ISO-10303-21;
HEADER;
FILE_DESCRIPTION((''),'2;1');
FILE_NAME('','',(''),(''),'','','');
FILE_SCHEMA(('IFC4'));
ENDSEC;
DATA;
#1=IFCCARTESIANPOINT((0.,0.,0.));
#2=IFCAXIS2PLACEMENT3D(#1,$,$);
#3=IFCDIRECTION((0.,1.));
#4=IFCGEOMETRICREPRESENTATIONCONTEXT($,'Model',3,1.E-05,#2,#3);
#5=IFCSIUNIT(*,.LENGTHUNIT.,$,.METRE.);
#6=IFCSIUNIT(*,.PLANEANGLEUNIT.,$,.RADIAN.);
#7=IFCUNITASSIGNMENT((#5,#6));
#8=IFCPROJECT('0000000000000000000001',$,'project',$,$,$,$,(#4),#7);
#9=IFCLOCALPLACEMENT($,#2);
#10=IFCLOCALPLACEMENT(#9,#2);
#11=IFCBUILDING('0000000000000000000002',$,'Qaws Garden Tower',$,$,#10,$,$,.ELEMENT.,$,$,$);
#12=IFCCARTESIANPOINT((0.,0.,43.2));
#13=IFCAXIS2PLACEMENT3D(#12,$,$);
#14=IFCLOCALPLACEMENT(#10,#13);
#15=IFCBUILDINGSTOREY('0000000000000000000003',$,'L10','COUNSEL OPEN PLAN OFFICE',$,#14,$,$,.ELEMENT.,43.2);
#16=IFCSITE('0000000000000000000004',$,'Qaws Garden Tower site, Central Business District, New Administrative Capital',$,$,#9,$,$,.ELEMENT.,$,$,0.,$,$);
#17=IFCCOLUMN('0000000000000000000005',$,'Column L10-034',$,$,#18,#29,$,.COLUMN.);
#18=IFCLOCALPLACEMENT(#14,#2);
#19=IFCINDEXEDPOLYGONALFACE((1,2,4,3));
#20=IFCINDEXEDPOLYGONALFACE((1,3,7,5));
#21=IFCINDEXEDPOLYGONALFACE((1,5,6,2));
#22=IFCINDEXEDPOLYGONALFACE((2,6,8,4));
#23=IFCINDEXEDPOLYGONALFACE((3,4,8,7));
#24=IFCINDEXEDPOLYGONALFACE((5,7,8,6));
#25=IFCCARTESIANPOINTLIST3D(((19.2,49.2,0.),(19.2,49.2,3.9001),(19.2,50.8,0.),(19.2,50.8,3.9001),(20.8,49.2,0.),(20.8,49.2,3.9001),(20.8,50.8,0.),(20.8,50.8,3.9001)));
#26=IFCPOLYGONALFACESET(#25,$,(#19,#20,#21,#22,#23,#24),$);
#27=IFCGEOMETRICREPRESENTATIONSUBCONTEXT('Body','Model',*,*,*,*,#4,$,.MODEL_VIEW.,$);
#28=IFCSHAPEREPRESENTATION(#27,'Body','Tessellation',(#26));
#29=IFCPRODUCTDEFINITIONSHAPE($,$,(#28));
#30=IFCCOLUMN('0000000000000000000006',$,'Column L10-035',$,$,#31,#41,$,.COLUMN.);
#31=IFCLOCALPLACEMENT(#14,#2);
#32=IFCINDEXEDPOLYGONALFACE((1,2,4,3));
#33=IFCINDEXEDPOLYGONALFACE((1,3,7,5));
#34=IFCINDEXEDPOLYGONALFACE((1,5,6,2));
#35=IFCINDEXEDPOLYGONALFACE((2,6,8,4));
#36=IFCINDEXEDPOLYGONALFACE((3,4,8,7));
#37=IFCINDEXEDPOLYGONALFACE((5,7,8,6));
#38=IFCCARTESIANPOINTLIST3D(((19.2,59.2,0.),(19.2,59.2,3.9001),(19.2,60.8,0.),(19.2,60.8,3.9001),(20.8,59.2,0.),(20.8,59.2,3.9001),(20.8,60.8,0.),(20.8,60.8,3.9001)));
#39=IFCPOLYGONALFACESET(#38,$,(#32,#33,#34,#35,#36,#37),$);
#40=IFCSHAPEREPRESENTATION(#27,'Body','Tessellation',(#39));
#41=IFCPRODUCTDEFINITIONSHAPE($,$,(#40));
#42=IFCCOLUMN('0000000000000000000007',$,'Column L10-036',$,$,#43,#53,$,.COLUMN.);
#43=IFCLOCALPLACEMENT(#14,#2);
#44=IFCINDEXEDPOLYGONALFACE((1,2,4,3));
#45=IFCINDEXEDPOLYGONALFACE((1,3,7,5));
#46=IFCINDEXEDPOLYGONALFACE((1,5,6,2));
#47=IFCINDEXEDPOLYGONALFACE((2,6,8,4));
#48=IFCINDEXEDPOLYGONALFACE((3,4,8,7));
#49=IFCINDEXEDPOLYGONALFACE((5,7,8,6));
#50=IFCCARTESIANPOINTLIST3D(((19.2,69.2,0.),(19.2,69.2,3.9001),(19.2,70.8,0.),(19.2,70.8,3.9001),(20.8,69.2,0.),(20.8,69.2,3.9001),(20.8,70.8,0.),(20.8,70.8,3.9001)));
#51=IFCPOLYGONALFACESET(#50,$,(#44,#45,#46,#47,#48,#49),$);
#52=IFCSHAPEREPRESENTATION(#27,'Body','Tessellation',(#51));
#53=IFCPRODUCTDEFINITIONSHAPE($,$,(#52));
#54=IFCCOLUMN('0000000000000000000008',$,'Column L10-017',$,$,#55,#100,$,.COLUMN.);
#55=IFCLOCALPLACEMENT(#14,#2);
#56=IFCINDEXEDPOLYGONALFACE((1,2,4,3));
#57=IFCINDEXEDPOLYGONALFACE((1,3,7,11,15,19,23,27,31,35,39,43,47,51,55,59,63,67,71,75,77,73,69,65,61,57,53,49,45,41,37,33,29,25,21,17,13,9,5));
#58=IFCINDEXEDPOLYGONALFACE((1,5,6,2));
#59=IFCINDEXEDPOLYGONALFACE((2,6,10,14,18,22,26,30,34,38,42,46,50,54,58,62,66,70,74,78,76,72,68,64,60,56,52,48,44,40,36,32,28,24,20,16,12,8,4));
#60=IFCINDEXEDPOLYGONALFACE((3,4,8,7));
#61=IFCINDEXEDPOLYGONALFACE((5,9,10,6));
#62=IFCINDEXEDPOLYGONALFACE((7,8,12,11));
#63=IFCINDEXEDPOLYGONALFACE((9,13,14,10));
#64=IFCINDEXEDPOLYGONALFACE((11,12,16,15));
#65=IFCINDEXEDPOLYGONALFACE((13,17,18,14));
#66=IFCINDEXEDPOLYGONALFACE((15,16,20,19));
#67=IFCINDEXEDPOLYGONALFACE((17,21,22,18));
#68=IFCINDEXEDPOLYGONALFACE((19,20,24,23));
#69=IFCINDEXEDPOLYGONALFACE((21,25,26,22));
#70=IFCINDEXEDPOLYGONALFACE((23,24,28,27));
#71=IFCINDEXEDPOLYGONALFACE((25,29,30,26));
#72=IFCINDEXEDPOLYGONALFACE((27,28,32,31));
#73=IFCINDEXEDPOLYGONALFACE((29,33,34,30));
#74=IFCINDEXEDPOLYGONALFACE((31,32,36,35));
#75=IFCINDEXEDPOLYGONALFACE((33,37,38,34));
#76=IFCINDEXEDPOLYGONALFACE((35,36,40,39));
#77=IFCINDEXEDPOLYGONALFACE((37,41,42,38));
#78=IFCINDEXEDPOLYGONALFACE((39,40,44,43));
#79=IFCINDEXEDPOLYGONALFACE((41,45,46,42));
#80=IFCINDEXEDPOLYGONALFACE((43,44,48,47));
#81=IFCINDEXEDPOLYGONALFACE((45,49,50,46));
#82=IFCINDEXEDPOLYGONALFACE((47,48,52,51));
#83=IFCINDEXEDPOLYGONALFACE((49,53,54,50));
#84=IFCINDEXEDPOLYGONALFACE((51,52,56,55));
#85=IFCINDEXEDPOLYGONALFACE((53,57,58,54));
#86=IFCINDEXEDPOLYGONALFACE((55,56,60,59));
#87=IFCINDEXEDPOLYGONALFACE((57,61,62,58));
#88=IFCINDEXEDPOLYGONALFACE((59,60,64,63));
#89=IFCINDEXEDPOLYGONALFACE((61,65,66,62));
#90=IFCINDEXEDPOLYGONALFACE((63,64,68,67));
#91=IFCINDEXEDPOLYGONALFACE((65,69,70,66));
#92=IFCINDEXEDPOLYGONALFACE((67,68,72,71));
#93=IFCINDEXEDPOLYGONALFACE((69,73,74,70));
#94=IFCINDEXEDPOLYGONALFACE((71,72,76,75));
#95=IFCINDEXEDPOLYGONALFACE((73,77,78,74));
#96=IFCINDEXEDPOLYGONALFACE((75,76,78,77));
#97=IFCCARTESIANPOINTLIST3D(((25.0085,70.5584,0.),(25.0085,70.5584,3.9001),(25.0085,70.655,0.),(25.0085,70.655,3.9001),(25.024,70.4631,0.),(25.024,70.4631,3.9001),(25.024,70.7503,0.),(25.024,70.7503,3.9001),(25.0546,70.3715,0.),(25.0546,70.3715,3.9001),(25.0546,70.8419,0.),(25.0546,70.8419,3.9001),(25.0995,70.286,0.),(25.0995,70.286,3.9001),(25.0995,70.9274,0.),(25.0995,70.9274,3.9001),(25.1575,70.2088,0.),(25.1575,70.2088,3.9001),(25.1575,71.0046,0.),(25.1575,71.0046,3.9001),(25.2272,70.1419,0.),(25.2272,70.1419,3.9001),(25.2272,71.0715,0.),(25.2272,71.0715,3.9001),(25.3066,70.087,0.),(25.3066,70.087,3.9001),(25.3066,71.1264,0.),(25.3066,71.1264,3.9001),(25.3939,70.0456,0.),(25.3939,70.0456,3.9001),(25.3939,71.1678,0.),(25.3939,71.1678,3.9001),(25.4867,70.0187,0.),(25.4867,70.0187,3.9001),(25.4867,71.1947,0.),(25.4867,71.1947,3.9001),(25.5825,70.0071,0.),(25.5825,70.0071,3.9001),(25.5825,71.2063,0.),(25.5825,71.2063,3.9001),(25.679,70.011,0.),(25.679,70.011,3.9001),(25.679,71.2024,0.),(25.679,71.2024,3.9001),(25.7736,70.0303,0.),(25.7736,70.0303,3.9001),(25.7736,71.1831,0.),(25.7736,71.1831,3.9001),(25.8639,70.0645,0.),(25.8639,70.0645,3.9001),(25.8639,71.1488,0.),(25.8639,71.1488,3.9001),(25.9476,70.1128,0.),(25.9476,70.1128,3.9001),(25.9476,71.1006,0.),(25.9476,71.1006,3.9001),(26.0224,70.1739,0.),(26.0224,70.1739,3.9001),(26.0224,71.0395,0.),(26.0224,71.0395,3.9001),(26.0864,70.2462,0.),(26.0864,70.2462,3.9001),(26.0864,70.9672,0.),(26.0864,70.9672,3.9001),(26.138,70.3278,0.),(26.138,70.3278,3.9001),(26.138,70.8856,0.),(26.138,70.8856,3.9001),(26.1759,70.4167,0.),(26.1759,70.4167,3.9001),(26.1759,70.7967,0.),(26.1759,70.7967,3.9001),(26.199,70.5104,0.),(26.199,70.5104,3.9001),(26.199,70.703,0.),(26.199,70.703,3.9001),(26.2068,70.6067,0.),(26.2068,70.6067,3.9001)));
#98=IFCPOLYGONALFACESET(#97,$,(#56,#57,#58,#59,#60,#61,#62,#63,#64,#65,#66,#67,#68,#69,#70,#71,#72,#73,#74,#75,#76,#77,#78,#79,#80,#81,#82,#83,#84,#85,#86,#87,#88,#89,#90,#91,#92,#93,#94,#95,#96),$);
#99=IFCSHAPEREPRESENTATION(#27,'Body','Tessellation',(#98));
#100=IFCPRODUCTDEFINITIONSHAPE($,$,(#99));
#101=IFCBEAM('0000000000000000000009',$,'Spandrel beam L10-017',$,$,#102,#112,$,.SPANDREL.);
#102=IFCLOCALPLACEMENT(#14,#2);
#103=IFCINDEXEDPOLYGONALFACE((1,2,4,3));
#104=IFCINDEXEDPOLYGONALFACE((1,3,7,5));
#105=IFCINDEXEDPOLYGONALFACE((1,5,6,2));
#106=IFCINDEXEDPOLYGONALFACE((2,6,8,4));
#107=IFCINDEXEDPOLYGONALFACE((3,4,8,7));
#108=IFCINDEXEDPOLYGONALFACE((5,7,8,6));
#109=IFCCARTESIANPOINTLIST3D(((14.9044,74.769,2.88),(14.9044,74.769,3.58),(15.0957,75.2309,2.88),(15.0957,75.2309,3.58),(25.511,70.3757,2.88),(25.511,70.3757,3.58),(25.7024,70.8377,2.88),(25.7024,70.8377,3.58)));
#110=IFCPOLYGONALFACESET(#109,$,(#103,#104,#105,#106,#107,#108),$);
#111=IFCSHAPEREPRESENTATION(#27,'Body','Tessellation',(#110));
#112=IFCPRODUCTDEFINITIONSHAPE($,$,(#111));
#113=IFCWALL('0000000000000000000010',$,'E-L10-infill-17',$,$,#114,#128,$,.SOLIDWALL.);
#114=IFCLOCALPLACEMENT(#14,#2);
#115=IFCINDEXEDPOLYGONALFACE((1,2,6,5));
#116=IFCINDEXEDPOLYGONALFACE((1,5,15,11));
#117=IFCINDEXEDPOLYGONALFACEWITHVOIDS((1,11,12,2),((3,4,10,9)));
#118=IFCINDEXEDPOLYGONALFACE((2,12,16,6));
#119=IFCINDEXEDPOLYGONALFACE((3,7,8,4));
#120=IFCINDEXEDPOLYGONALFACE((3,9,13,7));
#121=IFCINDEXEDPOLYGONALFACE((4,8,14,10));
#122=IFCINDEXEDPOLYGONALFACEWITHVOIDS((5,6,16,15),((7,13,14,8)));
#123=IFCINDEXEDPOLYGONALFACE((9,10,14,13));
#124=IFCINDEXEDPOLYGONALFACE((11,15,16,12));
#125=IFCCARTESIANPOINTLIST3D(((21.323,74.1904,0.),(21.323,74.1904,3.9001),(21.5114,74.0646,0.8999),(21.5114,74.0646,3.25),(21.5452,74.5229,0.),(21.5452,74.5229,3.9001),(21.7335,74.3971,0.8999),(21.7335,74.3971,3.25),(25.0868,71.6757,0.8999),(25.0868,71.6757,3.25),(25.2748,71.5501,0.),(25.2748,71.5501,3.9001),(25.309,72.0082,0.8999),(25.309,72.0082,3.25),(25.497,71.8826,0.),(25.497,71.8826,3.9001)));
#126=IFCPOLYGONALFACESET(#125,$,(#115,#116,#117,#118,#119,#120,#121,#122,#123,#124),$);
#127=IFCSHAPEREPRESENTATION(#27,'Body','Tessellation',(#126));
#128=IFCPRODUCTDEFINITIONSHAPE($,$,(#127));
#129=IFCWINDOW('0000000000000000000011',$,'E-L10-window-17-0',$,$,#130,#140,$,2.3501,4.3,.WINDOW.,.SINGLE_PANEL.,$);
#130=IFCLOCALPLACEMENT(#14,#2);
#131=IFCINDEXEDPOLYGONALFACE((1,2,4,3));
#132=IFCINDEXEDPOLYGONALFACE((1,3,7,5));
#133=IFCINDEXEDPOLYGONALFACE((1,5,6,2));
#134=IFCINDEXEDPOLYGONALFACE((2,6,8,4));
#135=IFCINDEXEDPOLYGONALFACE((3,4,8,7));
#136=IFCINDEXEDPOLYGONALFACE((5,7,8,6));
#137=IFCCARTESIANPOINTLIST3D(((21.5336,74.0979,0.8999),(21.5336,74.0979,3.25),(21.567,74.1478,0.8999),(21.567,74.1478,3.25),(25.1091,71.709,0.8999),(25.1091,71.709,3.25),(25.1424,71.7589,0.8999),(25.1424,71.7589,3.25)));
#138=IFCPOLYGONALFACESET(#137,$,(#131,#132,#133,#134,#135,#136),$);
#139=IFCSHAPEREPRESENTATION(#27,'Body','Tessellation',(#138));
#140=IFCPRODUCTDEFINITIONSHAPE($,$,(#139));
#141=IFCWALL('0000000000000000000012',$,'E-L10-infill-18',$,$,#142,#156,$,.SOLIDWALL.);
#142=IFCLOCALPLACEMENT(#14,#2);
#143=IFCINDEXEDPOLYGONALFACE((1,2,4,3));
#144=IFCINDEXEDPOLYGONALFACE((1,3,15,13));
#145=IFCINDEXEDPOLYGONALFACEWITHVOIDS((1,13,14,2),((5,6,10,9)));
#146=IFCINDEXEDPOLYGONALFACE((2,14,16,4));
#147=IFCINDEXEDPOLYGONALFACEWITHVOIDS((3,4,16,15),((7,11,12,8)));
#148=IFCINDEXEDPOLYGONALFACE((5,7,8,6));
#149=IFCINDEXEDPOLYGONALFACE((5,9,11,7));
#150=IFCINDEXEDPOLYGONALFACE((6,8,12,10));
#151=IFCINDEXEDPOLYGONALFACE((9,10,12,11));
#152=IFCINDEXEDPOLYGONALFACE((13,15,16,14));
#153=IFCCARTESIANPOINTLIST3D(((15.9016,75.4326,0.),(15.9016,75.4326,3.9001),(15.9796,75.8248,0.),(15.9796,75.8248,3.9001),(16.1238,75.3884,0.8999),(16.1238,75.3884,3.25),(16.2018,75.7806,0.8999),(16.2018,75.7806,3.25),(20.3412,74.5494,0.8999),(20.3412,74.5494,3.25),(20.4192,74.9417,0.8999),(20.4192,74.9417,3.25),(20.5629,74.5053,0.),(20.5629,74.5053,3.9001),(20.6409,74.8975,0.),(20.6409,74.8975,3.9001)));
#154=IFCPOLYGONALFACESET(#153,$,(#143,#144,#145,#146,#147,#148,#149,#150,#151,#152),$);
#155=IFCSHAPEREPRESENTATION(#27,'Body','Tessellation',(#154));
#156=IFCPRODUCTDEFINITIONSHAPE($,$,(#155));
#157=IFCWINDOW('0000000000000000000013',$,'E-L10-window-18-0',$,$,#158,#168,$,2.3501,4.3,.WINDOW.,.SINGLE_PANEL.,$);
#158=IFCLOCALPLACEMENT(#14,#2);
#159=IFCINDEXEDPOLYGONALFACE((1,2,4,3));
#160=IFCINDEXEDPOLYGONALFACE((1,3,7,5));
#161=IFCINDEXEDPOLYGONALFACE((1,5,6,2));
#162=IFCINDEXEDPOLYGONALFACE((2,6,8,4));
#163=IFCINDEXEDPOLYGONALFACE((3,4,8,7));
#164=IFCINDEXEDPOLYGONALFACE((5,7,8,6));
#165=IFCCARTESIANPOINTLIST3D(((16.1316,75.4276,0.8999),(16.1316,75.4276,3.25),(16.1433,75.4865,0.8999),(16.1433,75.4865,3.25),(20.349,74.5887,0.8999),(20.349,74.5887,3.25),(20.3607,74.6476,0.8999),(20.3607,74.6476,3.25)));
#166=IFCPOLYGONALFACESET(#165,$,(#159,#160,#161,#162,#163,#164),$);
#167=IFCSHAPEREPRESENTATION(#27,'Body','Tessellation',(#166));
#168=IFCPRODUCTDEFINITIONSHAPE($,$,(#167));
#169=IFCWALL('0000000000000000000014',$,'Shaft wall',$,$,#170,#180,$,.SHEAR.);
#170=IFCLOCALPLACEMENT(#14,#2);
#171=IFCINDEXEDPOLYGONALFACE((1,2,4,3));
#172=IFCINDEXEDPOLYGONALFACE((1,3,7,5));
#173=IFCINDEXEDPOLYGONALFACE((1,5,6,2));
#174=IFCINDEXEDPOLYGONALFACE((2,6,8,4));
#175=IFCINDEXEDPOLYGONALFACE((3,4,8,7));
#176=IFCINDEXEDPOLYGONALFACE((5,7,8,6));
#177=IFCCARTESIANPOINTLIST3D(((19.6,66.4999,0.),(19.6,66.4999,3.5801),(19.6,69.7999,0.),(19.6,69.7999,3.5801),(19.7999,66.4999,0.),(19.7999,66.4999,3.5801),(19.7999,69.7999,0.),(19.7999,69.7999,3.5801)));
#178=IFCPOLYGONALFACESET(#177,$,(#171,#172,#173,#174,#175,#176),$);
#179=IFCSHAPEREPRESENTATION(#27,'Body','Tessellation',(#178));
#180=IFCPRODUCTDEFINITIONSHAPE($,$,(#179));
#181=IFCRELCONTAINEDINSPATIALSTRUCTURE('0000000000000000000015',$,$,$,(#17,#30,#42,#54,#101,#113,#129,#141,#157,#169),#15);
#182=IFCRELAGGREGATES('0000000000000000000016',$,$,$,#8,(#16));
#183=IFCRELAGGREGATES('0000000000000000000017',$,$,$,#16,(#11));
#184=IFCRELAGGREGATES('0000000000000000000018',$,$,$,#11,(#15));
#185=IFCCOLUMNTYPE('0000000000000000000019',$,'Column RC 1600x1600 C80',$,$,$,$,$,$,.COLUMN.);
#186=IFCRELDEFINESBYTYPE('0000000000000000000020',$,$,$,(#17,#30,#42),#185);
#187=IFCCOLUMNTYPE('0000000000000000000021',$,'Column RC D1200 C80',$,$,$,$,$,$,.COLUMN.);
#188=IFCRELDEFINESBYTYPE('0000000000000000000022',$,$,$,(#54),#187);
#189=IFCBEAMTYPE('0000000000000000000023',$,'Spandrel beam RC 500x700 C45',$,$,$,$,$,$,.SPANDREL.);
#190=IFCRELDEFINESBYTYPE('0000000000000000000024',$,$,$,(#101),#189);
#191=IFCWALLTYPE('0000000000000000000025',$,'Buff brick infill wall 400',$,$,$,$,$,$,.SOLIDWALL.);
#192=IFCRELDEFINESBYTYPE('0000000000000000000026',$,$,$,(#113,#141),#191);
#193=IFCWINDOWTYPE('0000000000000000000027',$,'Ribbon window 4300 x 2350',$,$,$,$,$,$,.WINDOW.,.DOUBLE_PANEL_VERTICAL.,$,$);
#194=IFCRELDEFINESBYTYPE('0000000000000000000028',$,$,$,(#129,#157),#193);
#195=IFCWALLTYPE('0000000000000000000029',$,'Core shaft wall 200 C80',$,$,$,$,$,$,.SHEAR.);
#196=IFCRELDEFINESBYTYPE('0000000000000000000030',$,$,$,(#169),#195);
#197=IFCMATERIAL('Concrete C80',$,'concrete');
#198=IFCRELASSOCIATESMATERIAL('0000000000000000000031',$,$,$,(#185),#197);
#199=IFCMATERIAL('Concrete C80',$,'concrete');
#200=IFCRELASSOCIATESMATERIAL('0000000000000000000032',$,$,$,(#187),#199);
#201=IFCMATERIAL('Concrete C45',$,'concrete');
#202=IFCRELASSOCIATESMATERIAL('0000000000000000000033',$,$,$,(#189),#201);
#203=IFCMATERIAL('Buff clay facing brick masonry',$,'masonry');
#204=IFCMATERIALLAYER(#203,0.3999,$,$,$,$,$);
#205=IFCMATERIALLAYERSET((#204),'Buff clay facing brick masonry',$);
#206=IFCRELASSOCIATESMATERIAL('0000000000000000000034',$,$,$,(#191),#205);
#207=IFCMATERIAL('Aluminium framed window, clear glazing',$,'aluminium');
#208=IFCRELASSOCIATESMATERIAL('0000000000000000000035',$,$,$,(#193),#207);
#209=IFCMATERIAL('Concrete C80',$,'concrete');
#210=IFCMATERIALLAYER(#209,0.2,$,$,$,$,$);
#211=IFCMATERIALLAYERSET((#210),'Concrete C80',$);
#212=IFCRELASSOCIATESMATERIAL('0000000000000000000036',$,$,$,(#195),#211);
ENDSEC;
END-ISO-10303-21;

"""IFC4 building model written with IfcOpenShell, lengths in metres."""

from ifc_helpers import new_model, si_unit, direction, frame, frame_2d, origin, origin_2d, place, context, subcontext, project, spatial, rectangle, circle, extrude, material, layer, layer_set, material_profile, profile_set, type_object, element, fill, save


model = new_model("IFC4")

# Units and contexts
model_context = context("Model", 3, precision=1e-05, world=origin(), true_north=direction((0.0, 1.0)))
body_context = subcontext(model_context, "Body", "Model", "MODEL_VIEW")
ifc_project = project(units=[si_unit("LENGTHUNIT", "METRE"), si_unit("PLANEANGLEUNIT", "RADIAN")], contexts=[model_context])

# Site, building, storey
site_placement = place(None, origin())
site = spatial("IfcSite", under=ifc_project, at=site_placement, Name="Qaws Garden Tower site, Central Business District, New Administrative Capital", CompositionType="ELEMENT", RefElevation=0.0)
building_placement = place(site_placement, origin())
building = spatial("IfcBuilding", under=site, at=building_placement, Name="Qaws Garden Tower", CompositionType="ELEMENT")
storey_placement = place(building_placement, frame((0.0, 0.0, 43.2)))
storey = spatial("IfcBuildingStorey", under=building, at=storey_placement, Name="L10", Description="COUNSEL OPEN PLAN OFFICE", CompositionType="ELEMENT", Elevation=43.2)

# Columns
ifc_material_1 = material(Name="Concrete C80", Category="concrete")
ifc_material_profile_1 = material_profile(ifc_material_1, rectangle(XDim=1.6001, YDim=1.6001, at=origin_2d()), Name="RC 1600x1600")
ifc_profile_set_1 = profile_set([ifc_material_profile_1], Name="Concrete C80")
column_type_1 = type_object("IfcColumnType", Name="Column RC 1600x1600 C80", PredefinedType="COLUMN", material=ifc_profile_set_1)
for number, where, z_axis, x_axis, name in (
    (1, (20.0, 50.0, 0.0), (0.0, 0.0, 1.0), (1.0, 0.0, 0.0), "Column L10-034"),
    (2, (20.0, 60.0, 0.0), (0.0, 0.0, 1.0), (1.0, 0.0, 0.0), "Column L10-035"),
    (3, (20.0, 70.0, 0.0), (0.0, 0.0, 1.0), (1.0, 0.0, 0.0), "Column L10-036"),
):
    element("IfcColumn", number, at=place(storey_placement, frame(where, z_axis=z_axis, x_axis=x_axis)), inside=storey, type_object=column_type_1, Name=name, PredefinedType="COLUMN", context=body_context, shape_type="SweptSolid", body=[
        extrude(rectangle(XDim=1.6001, YDim=1.6001, at=origin_2d()), origin(), (0.0, 0.0, 1.0), 3.9001),
    ])
ifc_material_2 = material(Name="Concrete C80", Category="concrete")
ifc_material_profile_2 = material_profile(ifc_material_2, circle(Radius=0.6001, at=origin_2d()), Name="RC D1200")
ifc_profile_set_2 = profile_set([ifc_material_profile_2], Name="Concrete C80")
column_type_2 = type_object("IfcColumnType", Name="Column RC D1200 C80", PredefinedType="COLUMN", material=ifc_profile_set_2)
column_placement = place(storey_placement, frame((25.6067, 70.6067, 0.0), z_axis=(0.0, 0.0, 1.0), x_axis=(1.0, 0.0, 0.0)))
element("IfcColumn", 4, at=column_placement, inside=storey, type_object=column_type_2, Name="Column L10-017", PredefinedType="COLUMN", context=body_context, shape_type="SweptSolid", body=[
    extrude(circle(Radius=0.6001, at=origin_2d()), origin(), (0.0, 0.0, 1.0), 3.9001),
])

# Beam
ifc_material_3 = material(Name="Concrete C45", Category="concrete")
ifc_material_profile_3 = material_profile(ifc_material_3, rectangle(XDim=0.5, YDim=0.7, at=origin_2d()), Name="RC 500x700")
ifc_profile_set_3 = profile_set([ifc_material_profile_3], Name="Concrete C45")
beam_type = type_object("IfcBeamType", Name="Spandrel beam RC 500x700 C45", PredefinedType="SPANDREL", material=ifc_profile_set_3)
beam_placement = place(storey_placement, frame((25.6067, 70.6067, 3.23), z_axis=(-0.923883, 0.382674, 0.0), x_axis=(-0.382674, -0.923883, 0.0)))
element("IfcBeam", 5, at=beam_placement, inside=storey, type_object=beam_type, Name="Spandrel beam L10-017", PredefinedType="SPANDREL", context=body_context, shape_type="SweptSolid", body=[
    extrude(rectangle(XDim=0.5, YDim=0.7, at=origin_2d()), origin(), (0.0, 0.0, 1.0), 11.4805),
])

# Walls, openings, windows
ifc_material_4 = material(Name="Buff clay facing brick masonry", Category="masonry")
ifc_layer_1 = layer(ifc_material_4, 0.3999)
ifc_layer_set_1 = layer_set([ifc_layer_1], Name="Buff clay facing brick masonry")
wall_type_1 = type_object("IfcWallType", Name="Buff brick infill wall 400", PredefinedType="SOLIDWALL", material=ifc_layer_set_1)
wall_1_placement = place(storey_placement, frame((25.386, 71.7163, 0.0), z_axis=(0.0, 0.0, 1.0), x_axis=(-0.831489, 0.555542, 0.0)))
wall_1 = element("IfcWall", 6, at=wall_1_placement, inside=storey, type_object=wall_type_1, Name="E-L10-infill-17", PredefinedType="SOLIDWALL", context=body_context, shape_type="SweptSolid", body=[
    extrude(rectangle(XDim=4.7527, YDim=0.3999, at=frame_2d((2.3765, 0.0))), origin(), (0.0, 0.0, 1.0), 3.9001),
])
opening_1_placement = place(wall_1_placement, frame((0.2263, 0.0, 0.8999)))
opening_1 = element("IfcOpeningElement", 7, at=opening_1_placement, cuts=wall_1, PredefinedType="OPENING", context=body_context, shape_type="SweptSolid", body=[
    extrude(rectangle(XDim=4.3, YDim=2.3501, at=frame_2d((2.1499, 1.175))), frame((0.0, 0.21, 0.0), z_axis=(0.0, -1.0, 0.0), x_axis=(1.0, 0.0, 0.0)), (0.0, 0.0, 1.0), 0.4199),
])
ifc_material_5 = material(Name="Aluminium framed window, clear glazing", Category="aluminium")
window_type = type_object("IfcWindowType", Name="Ribbon window 4300 x 2350", PartitioningType="DOUBLE_PANEL_VERTICAL", PredefinedType="WINDOW", material=ifc_material_5)
window_1_placement = place(opening_1_placement, origin())
window_1 = element("IfcWindow", 8, at=window_1_placement, inside=storey, type_object=window_type, Name="E-L10-window-17-0", OverallHeight=2.3501, OverallWidth=4.3, PartitioningType="SINGLE_PANEL", PredefinedType="WINDOW", context=body_context, shape_type="SweptSolid", body=[
    extrude(rectangle(XDim=4.3, YDim=2.3501, at=frame_2d((2.1499, 1.175))), frame((0.0, 0.1599, 0.0), z_axis=(0.0, -1.0, 0.0), x_axis=(1.0, 0.0, 0.0)), (0.0, 0.0, 1.0), 0.0601),
])
fill(opening_1, window_1)
wall_2_placement = place(storey_placement, frame((20.6021, 74.7014, 0.0), z_axis=(0.0, 0.0, 1.0), x_axis=(-0.980784, 0.195099, 0.0)))
wall_2 = element("IfcWall", 9, at=wall_2_placement, inside=storey, type_object=wall_type_1, Name="E-L10-infill-18", PredefinedType="SOLIDWALL", context=body_context, shape_type="SweptSolid", body=[
    extrude(rectangle(XDim=4.7527, YDim=0.3999, at=frame_2d((2.3765, 0.0))), origin(), (0.0, 0.0, 1.0), 3.9001),
])
opening_2_placement = place(wall_2_placement, frame((0.2263, 0.0, 0.8999)))
opening_2 = element("IfcOpeningElement", 10, at=opening_2_placement, cuts=wall_2, PredefinedType="OPENING", context=body_context, shape_type="SweptSolid", body=[
    extrude(rectangle(XDim=4.3, YDim=2.3501, at=frame_2d((2.1499, 1.175))), frame((0.0, 0.21, 0.0), z_axis=(0.0, -1.0, 0.0), x_axis=(1.0, 0.0, 0.0)), (0.0, 0.0, 1.0), 0.4199),
])
window_2_placement = place(opening_2_placement, origin())
window_2 = element("IfcWindow", 11, at=window_2_placement, inside=storey, type_object=window_type, Name="E-L10-window-18-0", OverallHeight=2.3501, OverallWidth=4.3, PartitioningType="SINGLE_PANEL", PredefinedType="WINDOW", context=body_context, shape_type="SweptSolid", body=[
    extrude(rectangle(XDim=4.3, YDim=2.3501, at=frame_2d((2.1499, 1.175))), frame((0.0, 0.1599, 0.0), z_axis=(0.0, -1.0, 0.0), x_axis=(1.0, 0.0, 0.0)), (0.0, 0.0, 1.0), 0.0601),
])
fill(opening_2, window_2)

# Wall
ifc_material_6 = material(Name="Concrete C80", Category="concrete")
ifc_layer_2 = layer(ifc_material_6, 0.2)
ifc_layer_set_2 = layer_set([ifc_layer_2], Name="Concrete C80")
wall_type_2 = type_object("IfcWallType", Name="Core shaft wall 200 C80", PredefinedType="SHEAR", material=ifc_layer_set_2)
wall_3_placement = place(storey_placement, frame((19.7, 66.5, 0.0), z_axis=(0.0, 0.0, 1.0), x_axis=(0.0, 1.0, 0.0)))
element("IfcWall", 12, at=wall_3_placement, inside=storey, type_object=wall_type_2, Name="Shaft wall", PredefinedType="SHEAR", context=body_context, shape_type="SweptSolid", body=[
    extrude(rectangle(XDim=3.3, YDim=0.2, at=frame_2d((1.6499, 0.0))), origin(), (0.0, 0.0, 1.0), 3.5801),
])

save(model, "model.ifc")
